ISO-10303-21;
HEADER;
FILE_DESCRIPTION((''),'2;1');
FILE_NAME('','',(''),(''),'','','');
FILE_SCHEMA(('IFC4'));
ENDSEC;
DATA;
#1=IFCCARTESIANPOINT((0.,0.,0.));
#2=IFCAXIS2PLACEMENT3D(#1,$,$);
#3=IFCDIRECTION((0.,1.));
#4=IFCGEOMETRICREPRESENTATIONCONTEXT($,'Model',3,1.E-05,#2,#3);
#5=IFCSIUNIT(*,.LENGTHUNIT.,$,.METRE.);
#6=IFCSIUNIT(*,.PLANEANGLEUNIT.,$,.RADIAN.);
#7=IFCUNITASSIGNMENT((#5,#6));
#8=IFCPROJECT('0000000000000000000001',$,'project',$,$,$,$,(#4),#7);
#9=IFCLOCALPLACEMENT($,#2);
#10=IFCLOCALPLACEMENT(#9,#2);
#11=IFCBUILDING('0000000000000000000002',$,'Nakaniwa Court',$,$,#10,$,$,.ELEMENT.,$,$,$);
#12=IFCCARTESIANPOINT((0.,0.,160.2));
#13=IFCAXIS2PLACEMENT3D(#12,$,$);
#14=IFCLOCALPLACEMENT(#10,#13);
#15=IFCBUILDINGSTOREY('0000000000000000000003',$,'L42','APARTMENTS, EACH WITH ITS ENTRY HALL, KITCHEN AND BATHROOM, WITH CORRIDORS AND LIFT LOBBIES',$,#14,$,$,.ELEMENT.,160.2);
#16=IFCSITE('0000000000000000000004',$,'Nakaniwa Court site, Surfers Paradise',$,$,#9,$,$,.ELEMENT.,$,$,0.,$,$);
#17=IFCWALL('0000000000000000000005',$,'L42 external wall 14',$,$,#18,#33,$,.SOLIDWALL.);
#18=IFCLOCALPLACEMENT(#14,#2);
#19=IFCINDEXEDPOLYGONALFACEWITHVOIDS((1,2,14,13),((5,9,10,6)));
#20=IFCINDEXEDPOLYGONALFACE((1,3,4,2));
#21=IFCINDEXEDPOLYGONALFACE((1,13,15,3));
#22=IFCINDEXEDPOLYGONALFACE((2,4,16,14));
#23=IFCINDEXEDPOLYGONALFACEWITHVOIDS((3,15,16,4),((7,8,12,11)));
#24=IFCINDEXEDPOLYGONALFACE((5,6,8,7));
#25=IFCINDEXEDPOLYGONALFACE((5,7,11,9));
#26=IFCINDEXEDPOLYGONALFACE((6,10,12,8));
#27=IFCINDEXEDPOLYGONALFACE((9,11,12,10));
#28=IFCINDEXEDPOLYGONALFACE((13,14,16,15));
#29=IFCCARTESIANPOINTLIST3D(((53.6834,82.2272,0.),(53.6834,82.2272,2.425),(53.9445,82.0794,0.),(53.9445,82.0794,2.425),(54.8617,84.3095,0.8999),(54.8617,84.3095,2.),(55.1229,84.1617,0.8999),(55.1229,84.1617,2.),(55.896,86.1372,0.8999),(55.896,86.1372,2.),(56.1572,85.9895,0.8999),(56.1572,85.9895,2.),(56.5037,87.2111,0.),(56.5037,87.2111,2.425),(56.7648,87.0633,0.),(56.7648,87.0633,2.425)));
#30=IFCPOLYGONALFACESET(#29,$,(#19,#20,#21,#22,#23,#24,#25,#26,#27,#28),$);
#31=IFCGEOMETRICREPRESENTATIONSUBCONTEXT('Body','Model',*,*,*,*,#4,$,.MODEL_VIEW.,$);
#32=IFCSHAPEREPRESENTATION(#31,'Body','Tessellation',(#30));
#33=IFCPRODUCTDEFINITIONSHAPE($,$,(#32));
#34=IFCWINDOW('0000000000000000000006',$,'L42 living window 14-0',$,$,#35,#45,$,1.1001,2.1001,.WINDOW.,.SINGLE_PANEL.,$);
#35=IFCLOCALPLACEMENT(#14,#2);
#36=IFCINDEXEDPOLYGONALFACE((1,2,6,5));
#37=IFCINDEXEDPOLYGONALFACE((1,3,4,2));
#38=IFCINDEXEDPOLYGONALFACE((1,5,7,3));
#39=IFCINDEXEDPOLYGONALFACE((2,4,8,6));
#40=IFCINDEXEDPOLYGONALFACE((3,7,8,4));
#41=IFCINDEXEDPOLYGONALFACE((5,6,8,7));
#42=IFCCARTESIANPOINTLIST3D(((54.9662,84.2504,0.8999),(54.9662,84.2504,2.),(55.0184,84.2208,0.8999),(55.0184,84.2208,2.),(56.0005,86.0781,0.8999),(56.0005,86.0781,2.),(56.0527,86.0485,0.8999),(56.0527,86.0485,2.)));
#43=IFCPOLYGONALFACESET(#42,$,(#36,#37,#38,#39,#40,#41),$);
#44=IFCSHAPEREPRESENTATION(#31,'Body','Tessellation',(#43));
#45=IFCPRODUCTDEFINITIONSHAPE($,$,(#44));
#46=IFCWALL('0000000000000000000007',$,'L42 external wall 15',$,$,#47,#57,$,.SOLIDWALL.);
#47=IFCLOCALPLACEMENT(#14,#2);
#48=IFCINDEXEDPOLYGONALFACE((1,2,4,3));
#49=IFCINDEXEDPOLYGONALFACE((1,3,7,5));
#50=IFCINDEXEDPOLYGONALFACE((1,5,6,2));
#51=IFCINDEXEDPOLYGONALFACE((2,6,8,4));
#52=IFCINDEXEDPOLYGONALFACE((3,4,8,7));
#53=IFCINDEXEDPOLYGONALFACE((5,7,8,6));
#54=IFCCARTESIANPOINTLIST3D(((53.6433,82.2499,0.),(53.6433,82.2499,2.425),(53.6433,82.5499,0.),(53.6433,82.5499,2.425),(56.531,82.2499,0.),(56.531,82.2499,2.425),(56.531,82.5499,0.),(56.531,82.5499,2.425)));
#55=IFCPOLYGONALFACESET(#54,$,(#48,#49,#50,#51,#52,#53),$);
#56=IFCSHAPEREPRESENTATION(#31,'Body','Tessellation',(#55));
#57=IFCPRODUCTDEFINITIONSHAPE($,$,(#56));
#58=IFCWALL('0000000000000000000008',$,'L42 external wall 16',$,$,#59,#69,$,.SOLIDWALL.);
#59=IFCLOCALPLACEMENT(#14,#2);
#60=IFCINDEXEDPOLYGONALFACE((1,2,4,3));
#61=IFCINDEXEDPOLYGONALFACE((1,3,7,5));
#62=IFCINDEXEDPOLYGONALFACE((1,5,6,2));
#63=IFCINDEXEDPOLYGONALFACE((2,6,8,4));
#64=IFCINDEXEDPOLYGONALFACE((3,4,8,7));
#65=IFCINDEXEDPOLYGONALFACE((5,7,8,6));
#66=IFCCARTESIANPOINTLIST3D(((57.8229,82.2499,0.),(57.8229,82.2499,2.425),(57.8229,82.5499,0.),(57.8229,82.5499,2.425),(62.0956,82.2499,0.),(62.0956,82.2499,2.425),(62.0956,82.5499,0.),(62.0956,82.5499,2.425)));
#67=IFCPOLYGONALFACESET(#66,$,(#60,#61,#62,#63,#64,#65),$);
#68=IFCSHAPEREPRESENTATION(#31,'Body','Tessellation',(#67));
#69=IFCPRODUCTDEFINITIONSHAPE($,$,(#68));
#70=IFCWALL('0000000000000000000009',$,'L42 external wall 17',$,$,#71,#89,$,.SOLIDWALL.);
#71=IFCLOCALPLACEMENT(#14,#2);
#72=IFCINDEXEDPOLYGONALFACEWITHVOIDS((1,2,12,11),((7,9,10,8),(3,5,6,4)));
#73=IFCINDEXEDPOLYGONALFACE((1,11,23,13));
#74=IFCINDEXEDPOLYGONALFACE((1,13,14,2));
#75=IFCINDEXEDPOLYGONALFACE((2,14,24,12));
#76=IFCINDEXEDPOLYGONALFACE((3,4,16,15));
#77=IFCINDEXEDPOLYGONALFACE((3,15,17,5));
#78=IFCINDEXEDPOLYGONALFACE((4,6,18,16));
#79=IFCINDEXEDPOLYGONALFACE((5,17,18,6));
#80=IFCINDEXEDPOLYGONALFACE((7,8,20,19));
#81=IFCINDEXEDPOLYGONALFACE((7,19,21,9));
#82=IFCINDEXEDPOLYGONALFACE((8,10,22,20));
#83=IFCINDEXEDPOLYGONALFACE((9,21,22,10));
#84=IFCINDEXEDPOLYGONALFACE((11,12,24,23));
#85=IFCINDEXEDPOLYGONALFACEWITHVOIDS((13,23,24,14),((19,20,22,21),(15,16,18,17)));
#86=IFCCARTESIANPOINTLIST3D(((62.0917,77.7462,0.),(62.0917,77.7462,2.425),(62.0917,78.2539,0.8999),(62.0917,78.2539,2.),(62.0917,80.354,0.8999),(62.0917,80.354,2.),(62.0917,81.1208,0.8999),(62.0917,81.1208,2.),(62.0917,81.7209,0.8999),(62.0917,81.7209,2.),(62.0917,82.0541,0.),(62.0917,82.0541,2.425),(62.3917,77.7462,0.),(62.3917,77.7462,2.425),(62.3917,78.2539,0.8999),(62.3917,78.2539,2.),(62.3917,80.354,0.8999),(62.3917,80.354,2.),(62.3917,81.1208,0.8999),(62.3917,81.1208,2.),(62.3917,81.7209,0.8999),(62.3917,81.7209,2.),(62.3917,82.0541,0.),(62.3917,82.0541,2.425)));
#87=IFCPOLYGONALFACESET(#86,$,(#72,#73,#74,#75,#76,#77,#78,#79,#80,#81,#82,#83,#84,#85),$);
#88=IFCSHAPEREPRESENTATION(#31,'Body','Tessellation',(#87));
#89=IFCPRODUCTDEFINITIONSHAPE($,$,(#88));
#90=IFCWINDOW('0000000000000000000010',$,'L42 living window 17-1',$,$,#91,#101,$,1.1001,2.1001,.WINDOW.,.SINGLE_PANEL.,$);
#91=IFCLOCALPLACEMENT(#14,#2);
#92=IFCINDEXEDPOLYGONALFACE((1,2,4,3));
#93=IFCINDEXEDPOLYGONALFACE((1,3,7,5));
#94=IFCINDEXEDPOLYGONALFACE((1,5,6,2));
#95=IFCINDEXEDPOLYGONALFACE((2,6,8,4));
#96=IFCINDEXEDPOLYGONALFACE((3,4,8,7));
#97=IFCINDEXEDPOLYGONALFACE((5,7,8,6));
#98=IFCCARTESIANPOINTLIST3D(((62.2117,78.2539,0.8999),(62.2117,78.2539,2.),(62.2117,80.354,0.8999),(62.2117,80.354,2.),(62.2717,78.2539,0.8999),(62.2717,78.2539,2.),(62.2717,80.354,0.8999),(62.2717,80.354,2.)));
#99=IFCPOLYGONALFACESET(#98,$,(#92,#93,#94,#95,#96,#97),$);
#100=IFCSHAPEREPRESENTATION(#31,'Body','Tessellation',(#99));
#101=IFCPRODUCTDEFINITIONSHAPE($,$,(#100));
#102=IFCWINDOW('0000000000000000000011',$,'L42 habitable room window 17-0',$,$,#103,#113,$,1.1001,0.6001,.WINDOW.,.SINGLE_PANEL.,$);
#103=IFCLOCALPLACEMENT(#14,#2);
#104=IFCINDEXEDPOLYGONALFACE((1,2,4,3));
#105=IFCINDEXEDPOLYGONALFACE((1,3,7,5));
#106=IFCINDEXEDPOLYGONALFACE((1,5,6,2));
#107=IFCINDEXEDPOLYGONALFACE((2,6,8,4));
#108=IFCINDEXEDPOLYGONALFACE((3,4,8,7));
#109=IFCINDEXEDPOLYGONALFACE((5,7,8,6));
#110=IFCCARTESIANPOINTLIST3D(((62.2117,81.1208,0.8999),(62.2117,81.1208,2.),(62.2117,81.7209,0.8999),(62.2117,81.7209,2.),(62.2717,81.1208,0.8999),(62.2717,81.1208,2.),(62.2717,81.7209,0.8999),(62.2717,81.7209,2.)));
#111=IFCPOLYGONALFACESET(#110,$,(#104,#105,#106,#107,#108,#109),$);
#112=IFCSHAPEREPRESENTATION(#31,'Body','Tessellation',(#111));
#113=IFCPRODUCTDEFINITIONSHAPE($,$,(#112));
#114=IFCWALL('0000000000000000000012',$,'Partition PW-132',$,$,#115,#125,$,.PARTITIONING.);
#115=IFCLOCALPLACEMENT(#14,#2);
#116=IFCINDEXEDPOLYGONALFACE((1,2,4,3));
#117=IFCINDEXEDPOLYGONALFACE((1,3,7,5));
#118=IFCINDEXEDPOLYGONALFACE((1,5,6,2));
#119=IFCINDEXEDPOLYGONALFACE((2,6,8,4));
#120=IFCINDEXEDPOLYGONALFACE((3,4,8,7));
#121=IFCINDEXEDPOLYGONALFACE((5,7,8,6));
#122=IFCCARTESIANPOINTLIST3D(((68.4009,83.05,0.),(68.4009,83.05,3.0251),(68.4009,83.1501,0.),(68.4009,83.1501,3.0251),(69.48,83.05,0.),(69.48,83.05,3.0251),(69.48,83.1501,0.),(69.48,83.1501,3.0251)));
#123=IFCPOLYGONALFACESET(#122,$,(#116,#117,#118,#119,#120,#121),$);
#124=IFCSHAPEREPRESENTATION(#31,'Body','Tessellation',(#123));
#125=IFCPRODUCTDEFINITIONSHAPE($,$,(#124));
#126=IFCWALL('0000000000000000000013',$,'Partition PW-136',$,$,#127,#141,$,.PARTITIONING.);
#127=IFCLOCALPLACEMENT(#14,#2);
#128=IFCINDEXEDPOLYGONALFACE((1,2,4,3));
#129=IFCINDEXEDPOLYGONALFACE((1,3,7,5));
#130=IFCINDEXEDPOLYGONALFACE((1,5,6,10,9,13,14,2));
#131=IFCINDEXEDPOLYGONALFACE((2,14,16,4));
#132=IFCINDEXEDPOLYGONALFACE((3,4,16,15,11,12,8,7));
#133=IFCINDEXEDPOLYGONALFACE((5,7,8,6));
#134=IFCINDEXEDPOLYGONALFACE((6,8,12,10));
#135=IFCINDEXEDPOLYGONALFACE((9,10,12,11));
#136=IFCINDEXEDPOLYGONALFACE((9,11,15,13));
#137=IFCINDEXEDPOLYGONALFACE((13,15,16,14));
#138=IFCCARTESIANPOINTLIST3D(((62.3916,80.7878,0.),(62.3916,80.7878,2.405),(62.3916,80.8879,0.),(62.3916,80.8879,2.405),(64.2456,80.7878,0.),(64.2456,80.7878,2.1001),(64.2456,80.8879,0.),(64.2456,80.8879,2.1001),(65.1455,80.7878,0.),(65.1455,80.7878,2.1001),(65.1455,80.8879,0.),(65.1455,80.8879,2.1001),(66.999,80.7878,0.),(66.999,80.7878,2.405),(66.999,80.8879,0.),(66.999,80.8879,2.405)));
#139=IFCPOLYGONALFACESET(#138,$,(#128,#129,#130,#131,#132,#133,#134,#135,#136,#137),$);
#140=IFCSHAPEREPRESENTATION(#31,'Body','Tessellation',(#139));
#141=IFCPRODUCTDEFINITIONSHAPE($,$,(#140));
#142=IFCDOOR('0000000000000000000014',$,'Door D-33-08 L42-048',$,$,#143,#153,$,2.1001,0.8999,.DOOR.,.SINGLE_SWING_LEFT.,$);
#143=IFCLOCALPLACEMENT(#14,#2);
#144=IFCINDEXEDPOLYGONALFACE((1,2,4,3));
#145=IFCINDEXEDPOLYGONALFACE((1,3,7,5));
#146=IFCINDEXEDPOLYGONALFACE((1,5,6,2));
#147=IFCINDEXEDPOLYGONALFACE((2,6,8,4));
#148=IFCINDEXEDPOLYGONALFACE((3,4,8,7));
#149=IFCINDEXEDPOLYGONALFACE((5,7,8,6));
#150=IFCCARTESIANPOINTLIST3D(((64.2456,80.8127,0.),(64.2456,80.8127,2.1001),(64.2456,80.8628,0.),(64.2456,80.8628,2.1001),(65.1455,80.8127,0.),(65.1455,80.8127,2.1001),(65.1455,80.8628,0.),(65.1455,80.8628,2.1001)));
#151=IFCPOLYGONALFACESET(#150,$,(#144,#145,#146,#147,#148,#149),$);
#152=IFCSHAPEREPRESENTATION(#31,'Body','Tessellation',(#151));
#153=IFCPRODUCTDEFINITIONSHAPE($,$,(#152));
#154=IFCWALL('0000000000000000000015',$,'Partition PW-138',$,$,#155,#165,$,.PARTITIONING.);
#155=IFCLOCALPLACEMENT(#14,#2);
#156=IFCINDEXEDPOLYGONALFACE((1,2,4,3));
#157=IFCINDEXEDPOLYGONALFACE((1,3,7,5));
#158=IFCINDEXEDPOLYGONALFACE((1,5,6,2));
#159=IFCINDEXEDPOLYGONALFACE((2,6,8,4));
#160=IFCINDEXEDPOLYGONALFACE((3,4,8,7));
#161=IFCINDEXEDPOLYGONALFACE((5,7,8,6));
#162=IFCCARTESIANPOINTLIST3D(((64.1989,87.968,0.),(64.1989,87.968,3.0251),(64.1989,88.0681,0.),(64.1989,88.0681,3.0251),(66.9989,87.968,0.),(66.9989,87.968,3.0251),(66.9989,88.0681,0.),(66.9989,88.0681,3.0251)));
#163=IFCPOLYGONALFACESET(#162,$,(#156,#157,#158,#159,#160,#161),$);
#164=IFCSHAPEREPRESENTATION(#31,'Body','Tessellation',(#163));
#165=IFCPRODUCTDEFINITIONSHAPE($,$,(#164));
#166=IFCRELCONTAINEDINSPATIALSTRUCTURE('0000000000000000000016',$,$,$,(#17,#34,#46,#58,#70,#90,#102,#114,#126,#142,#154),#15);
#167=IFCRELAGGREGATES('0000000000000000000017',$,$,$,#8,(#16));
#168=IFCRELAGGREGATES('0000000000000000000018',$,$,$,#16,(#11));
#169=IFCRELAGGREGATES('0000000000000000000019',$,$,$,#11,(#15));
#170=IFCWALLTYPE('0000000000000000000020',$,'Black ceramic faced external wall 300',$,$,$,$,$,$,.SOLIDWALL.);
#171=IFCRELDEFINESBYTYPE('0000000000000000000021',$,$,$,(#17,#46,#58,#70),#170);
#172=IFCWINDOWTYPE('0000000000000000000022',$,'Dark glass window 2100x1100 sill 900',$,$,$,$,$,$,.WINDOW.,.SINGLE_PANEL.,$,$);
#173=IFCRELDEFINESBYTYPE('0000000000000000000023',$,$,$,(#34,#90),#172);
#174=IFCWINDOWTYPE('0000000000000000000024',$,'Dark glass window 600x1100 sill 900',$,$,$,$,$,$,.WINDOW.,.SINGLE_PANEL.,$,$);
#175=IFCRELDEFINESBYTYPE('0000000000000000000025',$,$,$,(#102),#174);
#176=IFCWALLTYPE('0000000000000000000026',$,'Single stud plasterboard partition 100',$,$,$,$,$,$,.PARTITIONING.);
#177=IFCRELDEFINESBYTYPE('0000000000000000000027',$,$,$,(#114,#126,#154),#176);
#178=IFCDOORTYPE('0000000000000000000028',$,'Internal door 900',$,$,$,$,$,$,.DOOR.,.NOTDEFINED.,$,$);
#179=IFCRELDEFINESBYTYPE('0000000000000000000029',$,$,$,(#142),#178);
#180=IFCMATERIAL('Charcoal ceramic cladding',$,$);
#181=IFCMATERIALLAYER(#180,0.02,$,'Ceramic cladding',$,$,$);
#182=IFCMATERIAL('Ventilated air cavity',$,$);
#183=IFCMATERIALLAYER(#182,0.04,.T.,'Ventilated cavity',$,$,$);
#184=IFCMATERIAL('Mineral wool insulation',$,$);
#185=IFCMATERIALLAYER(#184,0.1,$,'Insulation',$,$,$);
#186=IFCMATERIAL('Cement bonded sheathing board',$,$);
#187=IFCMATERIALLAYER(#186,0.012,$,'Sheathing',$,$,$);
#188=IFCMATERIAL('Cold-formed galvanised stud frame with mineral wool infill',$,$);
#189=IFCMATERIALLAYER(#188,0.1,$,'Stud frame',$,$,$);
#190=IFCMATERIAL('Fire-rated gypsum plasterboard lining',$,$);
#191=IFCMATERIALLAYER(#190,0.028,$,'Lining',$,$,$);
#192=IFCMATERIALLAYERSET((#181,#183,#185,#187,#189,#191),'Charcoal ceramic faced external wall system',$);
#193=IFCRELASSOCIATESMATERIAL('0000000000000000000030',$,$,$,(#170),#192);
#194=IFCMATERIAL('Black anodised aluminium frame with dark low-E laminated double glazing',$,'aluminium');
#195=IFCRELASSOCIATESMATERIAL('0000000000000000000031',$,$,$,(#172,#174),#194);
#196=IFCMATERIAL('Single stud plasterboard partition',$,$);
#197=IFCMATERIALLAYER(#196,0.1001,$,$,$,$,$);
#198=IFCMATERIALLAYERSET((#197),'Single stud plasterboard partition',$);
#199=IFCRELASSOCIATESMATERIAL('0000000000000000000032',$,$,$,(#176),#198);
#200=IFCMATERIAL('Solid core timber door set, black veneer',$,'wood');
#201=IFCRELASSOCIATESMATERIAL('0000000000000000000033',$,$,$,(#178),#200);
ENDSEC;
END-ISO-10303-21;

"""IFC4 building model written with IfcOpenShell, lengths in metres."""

from ifc_helpers import new_model, si_unit, direction, frame, frame_2d, origin, place, context, subcontext, project, spatial, rectangle, extrude, material, layer, layer_set, type_object, element, fill, save


model = new_model("IFC4")

# Units and contexts
model_context = context("Model", 3, precision=1e-05, world=origin(), true_north=direction((0.0, 1.0)))
body_context = subcontext(model_context, "Body", "Model", "MODEL_VIEW")
ifc_project = project(units=[si_unit("LENGTHUNIT", "METRE"), si_unit("PLANEANGLEUNIT", "RADIAN")], contexts=[model_context])

# Site, building, storey
site_placement = place(None, origin())
site = spatial("IfcSite", under=ifc_project, at=site_placement, Name="Nakaniwa Court site, Surfers Paradise", CompositionType="ELEMENT", RefElevation=0.0)
building_placement = place(site_placement, origin())
building = spatial("IfcBuilding", under=site, at=building_placement, Name="Nakaniwa Court", CompositionType="ELEMENT")
storey_placement = place(building_placement, frame((0.0, 0.0, 160.2)))
storey = spatial("IfcBuildingStorey", under=building, at=storey_placement, Name="L42", Description="APARTMENTS, EACH WITH ITS ENTRY HALL, KITCHEN AND BATHROOM, WITH CORRIDORS AND LIFT LOBBIES", CompositionType="ELEMENT", Elevation=160.2)

# Shared definitions
ifc_material_1 = material(Name="Solid core timber door set, black veneer", Category="wood")

# Wall, opening, window
ifc_material_2 = material(Name="Charcoal ceramic cladding")
ifc_layer_1 = layer(ifc_material_2, 0.02, Name="Ceramic cladding")
ifc_material_3 = material(Name="Ventilated air cavity")
ifc_layer_2 = layer(ifc_material_3, 0.04, ventilated=True, Name="Ventilated cavity")
ifc_material_4 = material(Name="Mineral wool insulation")
ifc_layer_3 = layer(ifc_material_4, 0.1, Name="Insulation")
ifc_material_5 = material(Name="Cement bonded sheathing board")
ifc_layer_4 = layer(ifc_material_5, 0.012, Name="Sheathing")
ifc_material_6 = material(Name="Cold-formed galvanised stud frame with mineral wool infill")
ifc_layer_5 = layer(ifc_material_6, 0.1, Name="Stud frame")
ifc_material_7 = material(Name="Fire-rated gypsum plasterboard lining")
ifc_layer_6 = layer(ifc_material_7, 0.028, Name="Lining")
ifc_layer_set_1 = layer_set([ifc_layer_1, ifc_layer_2, ifc_layer_3, ifc_layer_4, ifc_layer_5, ifc_layer_6], Name="Charcoal ceramic faced external wall system")
wall_type_1 = type_object("IfcWallType", Name="Black ceramic faced external wall 300", PredefinedType="SOLIDWALL", material=ifc_layer_set_1)
wall_1_placement = place(storey_placement, frame((56.6343, 87.1372, 0.0), z_axis=(0.0, 0.0, 1.0), x_axis=(-0.492498, -0.870313, 0.0)))
wall_1 = element("IfcWall", 1, at=wall_1_placement, inside=storey, type_object=wall_type_1, Name="L42 external wall 14", PredefinedType="SOLIDWALL", context=body_context, shape_type="SweptSolid", body=[
    extrude(rectangle(XDim=5.7266, YDim=0.3, at=frame_2d((2.8633, 0.0))), origin(), (0.0, 0.0, 1.0), 2.425),
])
opening_1_placement = place(wall_1_placement, frame((1.2339, 0.0, 0.8999)))
opening_1 = element("IfcOpeningElement", 2, at=opening_1_placement, cuts=wall_1, PredefinedType="OPENING", context=body_context, shape_type="SweptSolid", body=[
    extrude(rectangle(XDim=2.1001, YDim=1.1001, at=frame_2d((1.05, 0.55))), frame((0.0, 0.1599, 0.0), z_axis=(0.0, -1.0, 0.0), x_axis=(1.0, 0.0, 0.0)), (0.0, 0.0, 1.0), 0.3201),
])
ifc_material_8 = material(Name="Black anodised aluminium frame with dark low-E laminated double glazing", Category="aluminium")
window_type_1 = type_object("IfcWindowType", Name="Dark glass window 2100x1100 sill 900", PartitioningType="SINGLE_PANEL", PredefinedType="WINDOW", material=ifc_material_8)
window_1_placement = place(opening_1_placement, origin())
window_1 = element("IfcWindow", 3, at=window_1_placement, inside=storey, type_object=window_type_1, Name="L42 living window 14-0", OverallHeight=1.1001, OverallWidth=2.1001, PartitioningType="SINGLE_PANEL", PredefinedType="WINDOW", context=body_context, shape_type="SweptSolid", body=[
    extrude(rectangle(XDim=2.1001, YDim=1.1001, at=frame_2d((1.05, 0.55))), frame((0.0, 0.03, 0.0), z_axis=(0.0, -1.0, 0.0), x_axis=(1.0, 0.0, 0.0)), (0.0, 0.0, 1.0), 0.0601),
])
fill(opening_1, window_1)

# Walls
wall_2_placement = place(storey_placement, frame((53.6433, 82.3999, 0.0), z_axis=(0.0, 0.0, 1.0), x_axis=(1.0, 0.0, 0.0)))
element("IfcWall", 4, at=wall_2_placement, inside=storey, type_object=wall_type_1, Name="L42 external wall 15", PredefinedType="SOLIDWALL", context=body_context, shape_type="SweptSolid", body=[
    extrude(rectangle(XDim=2.8877, YDim=0.3, at=frame_2d((1.4438, 0.0))), origin(), (0.0, 0.0, 1.0), 2.425),
])
wall_3_placement = place(storey_placement, frame((57.823, 82.3999, 0.0), z_axis=(0.0, 0.0, 1.0), x_axis=(1.0, 0.0, 0.0)))
element("IfcWall", 5, at=wall_3_placement, inside=storey, type_object=wall_type_1, Name="L42 external wall 16", PredefinedType="SOLIDWALL", context=body_context, shape_type="SweptSolid", body=[
    extrude(rectangle(XDim=4.2727, YDim=0.3, at=frame_2d((2.1362, 0.0))), origin(), (0.0, 0.0, 1.0), 2.425),
])

# Wall, openings, windows
wall_4_placement = place(storey_placement, frame((62.2417, 82.054, 0.0), z_axis=(0.0, 0.0, 1.0), x_axis=(0.0, -1.0, 0.0)))
wall_4 = element("IfcWall", 6, at=wall_4_placement, inside=storey, type_object=wall_type_1, Name="L42 external wall 17", PredefinedType="SOLIDWALL", context=body_context, shape_type="SweptSolid", body=[
    extrude(rectangle(XDim=4.3079, YDim=0.3, at=frame_2d((2.1538, 0.0))), origin(), (0.0, 0.0, 1.0), 2.425),
])
opening_2_placement = place(wall_4_placement, frame((0.333, 0.0, 0.8999)))
opening_2 = element("IfcOpeningElement", 7, at=opening_2_placement, cuts=wall_4, PredefinedType="OPENING", context=body_context, shape_type="SweptSolid", body=[
    extrude(rectangle(XDim=0.6001, YDim=1.1001, at=frame_2d((0.3, 0.55))), frame((0.0, 0.1599, 0.0), z_axis=(0.0, -1.0, 0.0), x_axis=(1.0, 0.0, 0.0)), (0.0, 0.0, 1.0), 0.3201),
])
opening_3_placement = place(wall_4_placement, frame((1.7, 0.0, 0.8999)))
opening_3 = element("IfcOpeningElement", 8, at=opening_3_placement, cuts=wall_4, PredefinedType="OPENING", context=body_context, shape_type="SweptSolid", body=[
    extrude(rectangle(XDim=2.1001, YDim=1.1001, at=frame_2d((1.05, 0.55))), frame((0.0, 0.1599, 0.0), z_axis=(0.0, -1.0, 0.0), x_axis=(1.0, 0.0, 0.0)), (0.0, 0.0, 1.0), 0.3201),
])
window_2_placement = place(opening_3_placement, origin())
window_2 = element("IfcWindow", 9, at=window_2_placement, inside=storey, type_object=window_type_1, Name="L42 living window 17-1", OverallHeight=1.1001, OverallWidth=2.1001, PartitioningType="SINGLE_PANEL", PredefinedType="WINDOW", context=body_context, shape_type="SweptSolid", body=[
    extrude(rectangle(XDim=2.1001, YDim=1.1001, at=frame_2d((1.05, 0.55))), frame((0.0, 0.03, 0.0), z_axis=(0.0, -1.0, 0.0), x_axis=(1.0, 0.0, 0.0)), (0.0, 0.0, 1.0), 0.0601),
])
fill(opening_3, window_2)
window_type_2 = type_object("IfcWindowType", Name="Dark glass window 600x1100 sill 900", PartitioningType="SINGLE_PANEL", PredefinedType="WINDOW", material=ifc_material_8)
window_3_placement = place(opening_2_placement, origin())
window_3 = element("IfcWindow", 10, at=window_3_placement, inside=storey, type_object=window_type_2, Name="L42 habitable room window 17-0", OverallHeight=1.1001, OverallWidth=0.6001, PartitioningType="SINGLE_PANEL", PredefinedType="WINDOW", context=body_context, shape_type="SweptSolid", body=[
    extrude(rectangle(XDim=0.6001, YDim=1.1001, at=frame_2d((0.3, 0.55))), frame((0.0, 0.03, 0.0), z_axis=(0.0, -1.0, 0.0), x_axis=(1.0, 0.0, 0.0)), (0.0, 0.0, 1.0), 0.0601),
])
fill(opening_2, window_3)

# Wall
ifc_material_9 = material(Name="Single stud plasterboard partition")
ifc_layer_7 = layer(ifc_material_9, 0.1001)
ifc_layer_set_2 = layer_set([ifc_layer_7], Name="Single stud plasterboard partition")
wall_type_2 = type_object("IfcWallType", Name="Single stud plasterboard partition 100", PredefinedType="PARTITIONING", material=ifc_layer_set_2)
wall_5_placement = place(storey_placement, frame((68.4009, 83.1001, 0.0), z_axis=(0.0, 0.0, 1.0), x_axis=(1.0, 0.0, 0.0)))
element("IfcWall", 11, at=wall_5_placement, inside=storey, type_object=wall_type_2, Name="Partition PW-132", PredefinedType="PARTITIONING", context=body_context, shape_type="SweptSolid", body=[
    extrude(rectangle(XDim=1.0791, YDim=0.1001, at=frame_2d((0.5396, 0.0))), origin(), (0.0, 0.0, 1.0), 3.0251),
])

# Wall, opening, door
wall_6_placement = place(storey_placement, frame((62.3916, 80.8379, 0.0), z_axis=(0.0, 0.0, 1.0), x_axis=(1.0, 0.0, 0.0)))
wall_6 = element("IfcWall", 12, at=wall_6_placement, inside=storey, type_object=wall_type_2, Name="Partition PW-136", PredefinedType="PARTITIONING", context=body_context, shape_type="SweptSolid", body=[
    extrude(rectangle(XDim=4.6074, YDim=0.1001, at=frame_2d((2.3037, 0.0))), origin(), (0.0, 0.0, 1.0), 2.405),
])
opening_4_placement = place(wall_6_placement, frame((1.854, 0.0, 0.0)))
opening_4 = element("IfcOpeningElement", 13, at=opening_4_placement, cuts=wall_6, PredefinedType="OPENING", context=body_context, shape_type="SweptSolid", body=[
    extrude(rectangle(XDim=0.8999, YDim=2.1001, at=frame_2d((0.45, 1.05))), frame((0.0, 0.0601, 0.0), z_axis=(0.0, -1.0, 0.0), x_axis=(1.0, 0.0, 0.0)), (0.0, 0.0, 1.0), 0.1201),
])
door_type_1 = type_object("IfcDoorType", Name="Internal door 900", OperationType="NOTDEFINED", PredefinedType="DOOR", material=ifc_material_1)
door_1_placement = place(opening_4_placement, origin())
door_1 = element("IfcDoor", 14, at=door_1_placement, inside=storey, type_object=door_type_1, Name="Door D-33-08 L42-048", OperationType="SINGLE_SWING_LEFT", OverallHeight=2.1001, OverallWidth=0.8999, PredefinedType="DOOR", context=body_context, shape_type="SweptSolid", body=[
    extrude(rectangle(XDim=0.8999, YDim=2.1001, at=frame_2d((0.45, 1.05))), frame((0.0, 0.0249, 0.0), z_axis=(0.0, -1.0, 0.0), x_axis=(1.0, 0.0, 0.0)), (0.0, 0.0, 1.0), 0.05),
])
fill(opening_4, door_1)

# Wall
for number, where, z_axis, x_axis, name in (
    (15, (64.199, 88.0181, 0.0), (0.0, 0.0, 1.0), (1.0, 0.0, 0.0), "Partition PW-138"),
):
    element("IfcWall", number, at=place(storey_placement, frame(where, z_axis=z_axis, x_axis=x_axis)), inside=storey, type_object=wall_type_2, Name=name, PredefinedType="PARTITIONING", context=body_context, shape_type="SweptSolid", body=[
        extrude(rectangle(XDim=2.8, YDim=0.1001, at=frame_2d((1.3999, 0.0))), origin(), (0.0, 0.0, 1.0), 3.0251),
    ])

save(model, "model.ifc")
